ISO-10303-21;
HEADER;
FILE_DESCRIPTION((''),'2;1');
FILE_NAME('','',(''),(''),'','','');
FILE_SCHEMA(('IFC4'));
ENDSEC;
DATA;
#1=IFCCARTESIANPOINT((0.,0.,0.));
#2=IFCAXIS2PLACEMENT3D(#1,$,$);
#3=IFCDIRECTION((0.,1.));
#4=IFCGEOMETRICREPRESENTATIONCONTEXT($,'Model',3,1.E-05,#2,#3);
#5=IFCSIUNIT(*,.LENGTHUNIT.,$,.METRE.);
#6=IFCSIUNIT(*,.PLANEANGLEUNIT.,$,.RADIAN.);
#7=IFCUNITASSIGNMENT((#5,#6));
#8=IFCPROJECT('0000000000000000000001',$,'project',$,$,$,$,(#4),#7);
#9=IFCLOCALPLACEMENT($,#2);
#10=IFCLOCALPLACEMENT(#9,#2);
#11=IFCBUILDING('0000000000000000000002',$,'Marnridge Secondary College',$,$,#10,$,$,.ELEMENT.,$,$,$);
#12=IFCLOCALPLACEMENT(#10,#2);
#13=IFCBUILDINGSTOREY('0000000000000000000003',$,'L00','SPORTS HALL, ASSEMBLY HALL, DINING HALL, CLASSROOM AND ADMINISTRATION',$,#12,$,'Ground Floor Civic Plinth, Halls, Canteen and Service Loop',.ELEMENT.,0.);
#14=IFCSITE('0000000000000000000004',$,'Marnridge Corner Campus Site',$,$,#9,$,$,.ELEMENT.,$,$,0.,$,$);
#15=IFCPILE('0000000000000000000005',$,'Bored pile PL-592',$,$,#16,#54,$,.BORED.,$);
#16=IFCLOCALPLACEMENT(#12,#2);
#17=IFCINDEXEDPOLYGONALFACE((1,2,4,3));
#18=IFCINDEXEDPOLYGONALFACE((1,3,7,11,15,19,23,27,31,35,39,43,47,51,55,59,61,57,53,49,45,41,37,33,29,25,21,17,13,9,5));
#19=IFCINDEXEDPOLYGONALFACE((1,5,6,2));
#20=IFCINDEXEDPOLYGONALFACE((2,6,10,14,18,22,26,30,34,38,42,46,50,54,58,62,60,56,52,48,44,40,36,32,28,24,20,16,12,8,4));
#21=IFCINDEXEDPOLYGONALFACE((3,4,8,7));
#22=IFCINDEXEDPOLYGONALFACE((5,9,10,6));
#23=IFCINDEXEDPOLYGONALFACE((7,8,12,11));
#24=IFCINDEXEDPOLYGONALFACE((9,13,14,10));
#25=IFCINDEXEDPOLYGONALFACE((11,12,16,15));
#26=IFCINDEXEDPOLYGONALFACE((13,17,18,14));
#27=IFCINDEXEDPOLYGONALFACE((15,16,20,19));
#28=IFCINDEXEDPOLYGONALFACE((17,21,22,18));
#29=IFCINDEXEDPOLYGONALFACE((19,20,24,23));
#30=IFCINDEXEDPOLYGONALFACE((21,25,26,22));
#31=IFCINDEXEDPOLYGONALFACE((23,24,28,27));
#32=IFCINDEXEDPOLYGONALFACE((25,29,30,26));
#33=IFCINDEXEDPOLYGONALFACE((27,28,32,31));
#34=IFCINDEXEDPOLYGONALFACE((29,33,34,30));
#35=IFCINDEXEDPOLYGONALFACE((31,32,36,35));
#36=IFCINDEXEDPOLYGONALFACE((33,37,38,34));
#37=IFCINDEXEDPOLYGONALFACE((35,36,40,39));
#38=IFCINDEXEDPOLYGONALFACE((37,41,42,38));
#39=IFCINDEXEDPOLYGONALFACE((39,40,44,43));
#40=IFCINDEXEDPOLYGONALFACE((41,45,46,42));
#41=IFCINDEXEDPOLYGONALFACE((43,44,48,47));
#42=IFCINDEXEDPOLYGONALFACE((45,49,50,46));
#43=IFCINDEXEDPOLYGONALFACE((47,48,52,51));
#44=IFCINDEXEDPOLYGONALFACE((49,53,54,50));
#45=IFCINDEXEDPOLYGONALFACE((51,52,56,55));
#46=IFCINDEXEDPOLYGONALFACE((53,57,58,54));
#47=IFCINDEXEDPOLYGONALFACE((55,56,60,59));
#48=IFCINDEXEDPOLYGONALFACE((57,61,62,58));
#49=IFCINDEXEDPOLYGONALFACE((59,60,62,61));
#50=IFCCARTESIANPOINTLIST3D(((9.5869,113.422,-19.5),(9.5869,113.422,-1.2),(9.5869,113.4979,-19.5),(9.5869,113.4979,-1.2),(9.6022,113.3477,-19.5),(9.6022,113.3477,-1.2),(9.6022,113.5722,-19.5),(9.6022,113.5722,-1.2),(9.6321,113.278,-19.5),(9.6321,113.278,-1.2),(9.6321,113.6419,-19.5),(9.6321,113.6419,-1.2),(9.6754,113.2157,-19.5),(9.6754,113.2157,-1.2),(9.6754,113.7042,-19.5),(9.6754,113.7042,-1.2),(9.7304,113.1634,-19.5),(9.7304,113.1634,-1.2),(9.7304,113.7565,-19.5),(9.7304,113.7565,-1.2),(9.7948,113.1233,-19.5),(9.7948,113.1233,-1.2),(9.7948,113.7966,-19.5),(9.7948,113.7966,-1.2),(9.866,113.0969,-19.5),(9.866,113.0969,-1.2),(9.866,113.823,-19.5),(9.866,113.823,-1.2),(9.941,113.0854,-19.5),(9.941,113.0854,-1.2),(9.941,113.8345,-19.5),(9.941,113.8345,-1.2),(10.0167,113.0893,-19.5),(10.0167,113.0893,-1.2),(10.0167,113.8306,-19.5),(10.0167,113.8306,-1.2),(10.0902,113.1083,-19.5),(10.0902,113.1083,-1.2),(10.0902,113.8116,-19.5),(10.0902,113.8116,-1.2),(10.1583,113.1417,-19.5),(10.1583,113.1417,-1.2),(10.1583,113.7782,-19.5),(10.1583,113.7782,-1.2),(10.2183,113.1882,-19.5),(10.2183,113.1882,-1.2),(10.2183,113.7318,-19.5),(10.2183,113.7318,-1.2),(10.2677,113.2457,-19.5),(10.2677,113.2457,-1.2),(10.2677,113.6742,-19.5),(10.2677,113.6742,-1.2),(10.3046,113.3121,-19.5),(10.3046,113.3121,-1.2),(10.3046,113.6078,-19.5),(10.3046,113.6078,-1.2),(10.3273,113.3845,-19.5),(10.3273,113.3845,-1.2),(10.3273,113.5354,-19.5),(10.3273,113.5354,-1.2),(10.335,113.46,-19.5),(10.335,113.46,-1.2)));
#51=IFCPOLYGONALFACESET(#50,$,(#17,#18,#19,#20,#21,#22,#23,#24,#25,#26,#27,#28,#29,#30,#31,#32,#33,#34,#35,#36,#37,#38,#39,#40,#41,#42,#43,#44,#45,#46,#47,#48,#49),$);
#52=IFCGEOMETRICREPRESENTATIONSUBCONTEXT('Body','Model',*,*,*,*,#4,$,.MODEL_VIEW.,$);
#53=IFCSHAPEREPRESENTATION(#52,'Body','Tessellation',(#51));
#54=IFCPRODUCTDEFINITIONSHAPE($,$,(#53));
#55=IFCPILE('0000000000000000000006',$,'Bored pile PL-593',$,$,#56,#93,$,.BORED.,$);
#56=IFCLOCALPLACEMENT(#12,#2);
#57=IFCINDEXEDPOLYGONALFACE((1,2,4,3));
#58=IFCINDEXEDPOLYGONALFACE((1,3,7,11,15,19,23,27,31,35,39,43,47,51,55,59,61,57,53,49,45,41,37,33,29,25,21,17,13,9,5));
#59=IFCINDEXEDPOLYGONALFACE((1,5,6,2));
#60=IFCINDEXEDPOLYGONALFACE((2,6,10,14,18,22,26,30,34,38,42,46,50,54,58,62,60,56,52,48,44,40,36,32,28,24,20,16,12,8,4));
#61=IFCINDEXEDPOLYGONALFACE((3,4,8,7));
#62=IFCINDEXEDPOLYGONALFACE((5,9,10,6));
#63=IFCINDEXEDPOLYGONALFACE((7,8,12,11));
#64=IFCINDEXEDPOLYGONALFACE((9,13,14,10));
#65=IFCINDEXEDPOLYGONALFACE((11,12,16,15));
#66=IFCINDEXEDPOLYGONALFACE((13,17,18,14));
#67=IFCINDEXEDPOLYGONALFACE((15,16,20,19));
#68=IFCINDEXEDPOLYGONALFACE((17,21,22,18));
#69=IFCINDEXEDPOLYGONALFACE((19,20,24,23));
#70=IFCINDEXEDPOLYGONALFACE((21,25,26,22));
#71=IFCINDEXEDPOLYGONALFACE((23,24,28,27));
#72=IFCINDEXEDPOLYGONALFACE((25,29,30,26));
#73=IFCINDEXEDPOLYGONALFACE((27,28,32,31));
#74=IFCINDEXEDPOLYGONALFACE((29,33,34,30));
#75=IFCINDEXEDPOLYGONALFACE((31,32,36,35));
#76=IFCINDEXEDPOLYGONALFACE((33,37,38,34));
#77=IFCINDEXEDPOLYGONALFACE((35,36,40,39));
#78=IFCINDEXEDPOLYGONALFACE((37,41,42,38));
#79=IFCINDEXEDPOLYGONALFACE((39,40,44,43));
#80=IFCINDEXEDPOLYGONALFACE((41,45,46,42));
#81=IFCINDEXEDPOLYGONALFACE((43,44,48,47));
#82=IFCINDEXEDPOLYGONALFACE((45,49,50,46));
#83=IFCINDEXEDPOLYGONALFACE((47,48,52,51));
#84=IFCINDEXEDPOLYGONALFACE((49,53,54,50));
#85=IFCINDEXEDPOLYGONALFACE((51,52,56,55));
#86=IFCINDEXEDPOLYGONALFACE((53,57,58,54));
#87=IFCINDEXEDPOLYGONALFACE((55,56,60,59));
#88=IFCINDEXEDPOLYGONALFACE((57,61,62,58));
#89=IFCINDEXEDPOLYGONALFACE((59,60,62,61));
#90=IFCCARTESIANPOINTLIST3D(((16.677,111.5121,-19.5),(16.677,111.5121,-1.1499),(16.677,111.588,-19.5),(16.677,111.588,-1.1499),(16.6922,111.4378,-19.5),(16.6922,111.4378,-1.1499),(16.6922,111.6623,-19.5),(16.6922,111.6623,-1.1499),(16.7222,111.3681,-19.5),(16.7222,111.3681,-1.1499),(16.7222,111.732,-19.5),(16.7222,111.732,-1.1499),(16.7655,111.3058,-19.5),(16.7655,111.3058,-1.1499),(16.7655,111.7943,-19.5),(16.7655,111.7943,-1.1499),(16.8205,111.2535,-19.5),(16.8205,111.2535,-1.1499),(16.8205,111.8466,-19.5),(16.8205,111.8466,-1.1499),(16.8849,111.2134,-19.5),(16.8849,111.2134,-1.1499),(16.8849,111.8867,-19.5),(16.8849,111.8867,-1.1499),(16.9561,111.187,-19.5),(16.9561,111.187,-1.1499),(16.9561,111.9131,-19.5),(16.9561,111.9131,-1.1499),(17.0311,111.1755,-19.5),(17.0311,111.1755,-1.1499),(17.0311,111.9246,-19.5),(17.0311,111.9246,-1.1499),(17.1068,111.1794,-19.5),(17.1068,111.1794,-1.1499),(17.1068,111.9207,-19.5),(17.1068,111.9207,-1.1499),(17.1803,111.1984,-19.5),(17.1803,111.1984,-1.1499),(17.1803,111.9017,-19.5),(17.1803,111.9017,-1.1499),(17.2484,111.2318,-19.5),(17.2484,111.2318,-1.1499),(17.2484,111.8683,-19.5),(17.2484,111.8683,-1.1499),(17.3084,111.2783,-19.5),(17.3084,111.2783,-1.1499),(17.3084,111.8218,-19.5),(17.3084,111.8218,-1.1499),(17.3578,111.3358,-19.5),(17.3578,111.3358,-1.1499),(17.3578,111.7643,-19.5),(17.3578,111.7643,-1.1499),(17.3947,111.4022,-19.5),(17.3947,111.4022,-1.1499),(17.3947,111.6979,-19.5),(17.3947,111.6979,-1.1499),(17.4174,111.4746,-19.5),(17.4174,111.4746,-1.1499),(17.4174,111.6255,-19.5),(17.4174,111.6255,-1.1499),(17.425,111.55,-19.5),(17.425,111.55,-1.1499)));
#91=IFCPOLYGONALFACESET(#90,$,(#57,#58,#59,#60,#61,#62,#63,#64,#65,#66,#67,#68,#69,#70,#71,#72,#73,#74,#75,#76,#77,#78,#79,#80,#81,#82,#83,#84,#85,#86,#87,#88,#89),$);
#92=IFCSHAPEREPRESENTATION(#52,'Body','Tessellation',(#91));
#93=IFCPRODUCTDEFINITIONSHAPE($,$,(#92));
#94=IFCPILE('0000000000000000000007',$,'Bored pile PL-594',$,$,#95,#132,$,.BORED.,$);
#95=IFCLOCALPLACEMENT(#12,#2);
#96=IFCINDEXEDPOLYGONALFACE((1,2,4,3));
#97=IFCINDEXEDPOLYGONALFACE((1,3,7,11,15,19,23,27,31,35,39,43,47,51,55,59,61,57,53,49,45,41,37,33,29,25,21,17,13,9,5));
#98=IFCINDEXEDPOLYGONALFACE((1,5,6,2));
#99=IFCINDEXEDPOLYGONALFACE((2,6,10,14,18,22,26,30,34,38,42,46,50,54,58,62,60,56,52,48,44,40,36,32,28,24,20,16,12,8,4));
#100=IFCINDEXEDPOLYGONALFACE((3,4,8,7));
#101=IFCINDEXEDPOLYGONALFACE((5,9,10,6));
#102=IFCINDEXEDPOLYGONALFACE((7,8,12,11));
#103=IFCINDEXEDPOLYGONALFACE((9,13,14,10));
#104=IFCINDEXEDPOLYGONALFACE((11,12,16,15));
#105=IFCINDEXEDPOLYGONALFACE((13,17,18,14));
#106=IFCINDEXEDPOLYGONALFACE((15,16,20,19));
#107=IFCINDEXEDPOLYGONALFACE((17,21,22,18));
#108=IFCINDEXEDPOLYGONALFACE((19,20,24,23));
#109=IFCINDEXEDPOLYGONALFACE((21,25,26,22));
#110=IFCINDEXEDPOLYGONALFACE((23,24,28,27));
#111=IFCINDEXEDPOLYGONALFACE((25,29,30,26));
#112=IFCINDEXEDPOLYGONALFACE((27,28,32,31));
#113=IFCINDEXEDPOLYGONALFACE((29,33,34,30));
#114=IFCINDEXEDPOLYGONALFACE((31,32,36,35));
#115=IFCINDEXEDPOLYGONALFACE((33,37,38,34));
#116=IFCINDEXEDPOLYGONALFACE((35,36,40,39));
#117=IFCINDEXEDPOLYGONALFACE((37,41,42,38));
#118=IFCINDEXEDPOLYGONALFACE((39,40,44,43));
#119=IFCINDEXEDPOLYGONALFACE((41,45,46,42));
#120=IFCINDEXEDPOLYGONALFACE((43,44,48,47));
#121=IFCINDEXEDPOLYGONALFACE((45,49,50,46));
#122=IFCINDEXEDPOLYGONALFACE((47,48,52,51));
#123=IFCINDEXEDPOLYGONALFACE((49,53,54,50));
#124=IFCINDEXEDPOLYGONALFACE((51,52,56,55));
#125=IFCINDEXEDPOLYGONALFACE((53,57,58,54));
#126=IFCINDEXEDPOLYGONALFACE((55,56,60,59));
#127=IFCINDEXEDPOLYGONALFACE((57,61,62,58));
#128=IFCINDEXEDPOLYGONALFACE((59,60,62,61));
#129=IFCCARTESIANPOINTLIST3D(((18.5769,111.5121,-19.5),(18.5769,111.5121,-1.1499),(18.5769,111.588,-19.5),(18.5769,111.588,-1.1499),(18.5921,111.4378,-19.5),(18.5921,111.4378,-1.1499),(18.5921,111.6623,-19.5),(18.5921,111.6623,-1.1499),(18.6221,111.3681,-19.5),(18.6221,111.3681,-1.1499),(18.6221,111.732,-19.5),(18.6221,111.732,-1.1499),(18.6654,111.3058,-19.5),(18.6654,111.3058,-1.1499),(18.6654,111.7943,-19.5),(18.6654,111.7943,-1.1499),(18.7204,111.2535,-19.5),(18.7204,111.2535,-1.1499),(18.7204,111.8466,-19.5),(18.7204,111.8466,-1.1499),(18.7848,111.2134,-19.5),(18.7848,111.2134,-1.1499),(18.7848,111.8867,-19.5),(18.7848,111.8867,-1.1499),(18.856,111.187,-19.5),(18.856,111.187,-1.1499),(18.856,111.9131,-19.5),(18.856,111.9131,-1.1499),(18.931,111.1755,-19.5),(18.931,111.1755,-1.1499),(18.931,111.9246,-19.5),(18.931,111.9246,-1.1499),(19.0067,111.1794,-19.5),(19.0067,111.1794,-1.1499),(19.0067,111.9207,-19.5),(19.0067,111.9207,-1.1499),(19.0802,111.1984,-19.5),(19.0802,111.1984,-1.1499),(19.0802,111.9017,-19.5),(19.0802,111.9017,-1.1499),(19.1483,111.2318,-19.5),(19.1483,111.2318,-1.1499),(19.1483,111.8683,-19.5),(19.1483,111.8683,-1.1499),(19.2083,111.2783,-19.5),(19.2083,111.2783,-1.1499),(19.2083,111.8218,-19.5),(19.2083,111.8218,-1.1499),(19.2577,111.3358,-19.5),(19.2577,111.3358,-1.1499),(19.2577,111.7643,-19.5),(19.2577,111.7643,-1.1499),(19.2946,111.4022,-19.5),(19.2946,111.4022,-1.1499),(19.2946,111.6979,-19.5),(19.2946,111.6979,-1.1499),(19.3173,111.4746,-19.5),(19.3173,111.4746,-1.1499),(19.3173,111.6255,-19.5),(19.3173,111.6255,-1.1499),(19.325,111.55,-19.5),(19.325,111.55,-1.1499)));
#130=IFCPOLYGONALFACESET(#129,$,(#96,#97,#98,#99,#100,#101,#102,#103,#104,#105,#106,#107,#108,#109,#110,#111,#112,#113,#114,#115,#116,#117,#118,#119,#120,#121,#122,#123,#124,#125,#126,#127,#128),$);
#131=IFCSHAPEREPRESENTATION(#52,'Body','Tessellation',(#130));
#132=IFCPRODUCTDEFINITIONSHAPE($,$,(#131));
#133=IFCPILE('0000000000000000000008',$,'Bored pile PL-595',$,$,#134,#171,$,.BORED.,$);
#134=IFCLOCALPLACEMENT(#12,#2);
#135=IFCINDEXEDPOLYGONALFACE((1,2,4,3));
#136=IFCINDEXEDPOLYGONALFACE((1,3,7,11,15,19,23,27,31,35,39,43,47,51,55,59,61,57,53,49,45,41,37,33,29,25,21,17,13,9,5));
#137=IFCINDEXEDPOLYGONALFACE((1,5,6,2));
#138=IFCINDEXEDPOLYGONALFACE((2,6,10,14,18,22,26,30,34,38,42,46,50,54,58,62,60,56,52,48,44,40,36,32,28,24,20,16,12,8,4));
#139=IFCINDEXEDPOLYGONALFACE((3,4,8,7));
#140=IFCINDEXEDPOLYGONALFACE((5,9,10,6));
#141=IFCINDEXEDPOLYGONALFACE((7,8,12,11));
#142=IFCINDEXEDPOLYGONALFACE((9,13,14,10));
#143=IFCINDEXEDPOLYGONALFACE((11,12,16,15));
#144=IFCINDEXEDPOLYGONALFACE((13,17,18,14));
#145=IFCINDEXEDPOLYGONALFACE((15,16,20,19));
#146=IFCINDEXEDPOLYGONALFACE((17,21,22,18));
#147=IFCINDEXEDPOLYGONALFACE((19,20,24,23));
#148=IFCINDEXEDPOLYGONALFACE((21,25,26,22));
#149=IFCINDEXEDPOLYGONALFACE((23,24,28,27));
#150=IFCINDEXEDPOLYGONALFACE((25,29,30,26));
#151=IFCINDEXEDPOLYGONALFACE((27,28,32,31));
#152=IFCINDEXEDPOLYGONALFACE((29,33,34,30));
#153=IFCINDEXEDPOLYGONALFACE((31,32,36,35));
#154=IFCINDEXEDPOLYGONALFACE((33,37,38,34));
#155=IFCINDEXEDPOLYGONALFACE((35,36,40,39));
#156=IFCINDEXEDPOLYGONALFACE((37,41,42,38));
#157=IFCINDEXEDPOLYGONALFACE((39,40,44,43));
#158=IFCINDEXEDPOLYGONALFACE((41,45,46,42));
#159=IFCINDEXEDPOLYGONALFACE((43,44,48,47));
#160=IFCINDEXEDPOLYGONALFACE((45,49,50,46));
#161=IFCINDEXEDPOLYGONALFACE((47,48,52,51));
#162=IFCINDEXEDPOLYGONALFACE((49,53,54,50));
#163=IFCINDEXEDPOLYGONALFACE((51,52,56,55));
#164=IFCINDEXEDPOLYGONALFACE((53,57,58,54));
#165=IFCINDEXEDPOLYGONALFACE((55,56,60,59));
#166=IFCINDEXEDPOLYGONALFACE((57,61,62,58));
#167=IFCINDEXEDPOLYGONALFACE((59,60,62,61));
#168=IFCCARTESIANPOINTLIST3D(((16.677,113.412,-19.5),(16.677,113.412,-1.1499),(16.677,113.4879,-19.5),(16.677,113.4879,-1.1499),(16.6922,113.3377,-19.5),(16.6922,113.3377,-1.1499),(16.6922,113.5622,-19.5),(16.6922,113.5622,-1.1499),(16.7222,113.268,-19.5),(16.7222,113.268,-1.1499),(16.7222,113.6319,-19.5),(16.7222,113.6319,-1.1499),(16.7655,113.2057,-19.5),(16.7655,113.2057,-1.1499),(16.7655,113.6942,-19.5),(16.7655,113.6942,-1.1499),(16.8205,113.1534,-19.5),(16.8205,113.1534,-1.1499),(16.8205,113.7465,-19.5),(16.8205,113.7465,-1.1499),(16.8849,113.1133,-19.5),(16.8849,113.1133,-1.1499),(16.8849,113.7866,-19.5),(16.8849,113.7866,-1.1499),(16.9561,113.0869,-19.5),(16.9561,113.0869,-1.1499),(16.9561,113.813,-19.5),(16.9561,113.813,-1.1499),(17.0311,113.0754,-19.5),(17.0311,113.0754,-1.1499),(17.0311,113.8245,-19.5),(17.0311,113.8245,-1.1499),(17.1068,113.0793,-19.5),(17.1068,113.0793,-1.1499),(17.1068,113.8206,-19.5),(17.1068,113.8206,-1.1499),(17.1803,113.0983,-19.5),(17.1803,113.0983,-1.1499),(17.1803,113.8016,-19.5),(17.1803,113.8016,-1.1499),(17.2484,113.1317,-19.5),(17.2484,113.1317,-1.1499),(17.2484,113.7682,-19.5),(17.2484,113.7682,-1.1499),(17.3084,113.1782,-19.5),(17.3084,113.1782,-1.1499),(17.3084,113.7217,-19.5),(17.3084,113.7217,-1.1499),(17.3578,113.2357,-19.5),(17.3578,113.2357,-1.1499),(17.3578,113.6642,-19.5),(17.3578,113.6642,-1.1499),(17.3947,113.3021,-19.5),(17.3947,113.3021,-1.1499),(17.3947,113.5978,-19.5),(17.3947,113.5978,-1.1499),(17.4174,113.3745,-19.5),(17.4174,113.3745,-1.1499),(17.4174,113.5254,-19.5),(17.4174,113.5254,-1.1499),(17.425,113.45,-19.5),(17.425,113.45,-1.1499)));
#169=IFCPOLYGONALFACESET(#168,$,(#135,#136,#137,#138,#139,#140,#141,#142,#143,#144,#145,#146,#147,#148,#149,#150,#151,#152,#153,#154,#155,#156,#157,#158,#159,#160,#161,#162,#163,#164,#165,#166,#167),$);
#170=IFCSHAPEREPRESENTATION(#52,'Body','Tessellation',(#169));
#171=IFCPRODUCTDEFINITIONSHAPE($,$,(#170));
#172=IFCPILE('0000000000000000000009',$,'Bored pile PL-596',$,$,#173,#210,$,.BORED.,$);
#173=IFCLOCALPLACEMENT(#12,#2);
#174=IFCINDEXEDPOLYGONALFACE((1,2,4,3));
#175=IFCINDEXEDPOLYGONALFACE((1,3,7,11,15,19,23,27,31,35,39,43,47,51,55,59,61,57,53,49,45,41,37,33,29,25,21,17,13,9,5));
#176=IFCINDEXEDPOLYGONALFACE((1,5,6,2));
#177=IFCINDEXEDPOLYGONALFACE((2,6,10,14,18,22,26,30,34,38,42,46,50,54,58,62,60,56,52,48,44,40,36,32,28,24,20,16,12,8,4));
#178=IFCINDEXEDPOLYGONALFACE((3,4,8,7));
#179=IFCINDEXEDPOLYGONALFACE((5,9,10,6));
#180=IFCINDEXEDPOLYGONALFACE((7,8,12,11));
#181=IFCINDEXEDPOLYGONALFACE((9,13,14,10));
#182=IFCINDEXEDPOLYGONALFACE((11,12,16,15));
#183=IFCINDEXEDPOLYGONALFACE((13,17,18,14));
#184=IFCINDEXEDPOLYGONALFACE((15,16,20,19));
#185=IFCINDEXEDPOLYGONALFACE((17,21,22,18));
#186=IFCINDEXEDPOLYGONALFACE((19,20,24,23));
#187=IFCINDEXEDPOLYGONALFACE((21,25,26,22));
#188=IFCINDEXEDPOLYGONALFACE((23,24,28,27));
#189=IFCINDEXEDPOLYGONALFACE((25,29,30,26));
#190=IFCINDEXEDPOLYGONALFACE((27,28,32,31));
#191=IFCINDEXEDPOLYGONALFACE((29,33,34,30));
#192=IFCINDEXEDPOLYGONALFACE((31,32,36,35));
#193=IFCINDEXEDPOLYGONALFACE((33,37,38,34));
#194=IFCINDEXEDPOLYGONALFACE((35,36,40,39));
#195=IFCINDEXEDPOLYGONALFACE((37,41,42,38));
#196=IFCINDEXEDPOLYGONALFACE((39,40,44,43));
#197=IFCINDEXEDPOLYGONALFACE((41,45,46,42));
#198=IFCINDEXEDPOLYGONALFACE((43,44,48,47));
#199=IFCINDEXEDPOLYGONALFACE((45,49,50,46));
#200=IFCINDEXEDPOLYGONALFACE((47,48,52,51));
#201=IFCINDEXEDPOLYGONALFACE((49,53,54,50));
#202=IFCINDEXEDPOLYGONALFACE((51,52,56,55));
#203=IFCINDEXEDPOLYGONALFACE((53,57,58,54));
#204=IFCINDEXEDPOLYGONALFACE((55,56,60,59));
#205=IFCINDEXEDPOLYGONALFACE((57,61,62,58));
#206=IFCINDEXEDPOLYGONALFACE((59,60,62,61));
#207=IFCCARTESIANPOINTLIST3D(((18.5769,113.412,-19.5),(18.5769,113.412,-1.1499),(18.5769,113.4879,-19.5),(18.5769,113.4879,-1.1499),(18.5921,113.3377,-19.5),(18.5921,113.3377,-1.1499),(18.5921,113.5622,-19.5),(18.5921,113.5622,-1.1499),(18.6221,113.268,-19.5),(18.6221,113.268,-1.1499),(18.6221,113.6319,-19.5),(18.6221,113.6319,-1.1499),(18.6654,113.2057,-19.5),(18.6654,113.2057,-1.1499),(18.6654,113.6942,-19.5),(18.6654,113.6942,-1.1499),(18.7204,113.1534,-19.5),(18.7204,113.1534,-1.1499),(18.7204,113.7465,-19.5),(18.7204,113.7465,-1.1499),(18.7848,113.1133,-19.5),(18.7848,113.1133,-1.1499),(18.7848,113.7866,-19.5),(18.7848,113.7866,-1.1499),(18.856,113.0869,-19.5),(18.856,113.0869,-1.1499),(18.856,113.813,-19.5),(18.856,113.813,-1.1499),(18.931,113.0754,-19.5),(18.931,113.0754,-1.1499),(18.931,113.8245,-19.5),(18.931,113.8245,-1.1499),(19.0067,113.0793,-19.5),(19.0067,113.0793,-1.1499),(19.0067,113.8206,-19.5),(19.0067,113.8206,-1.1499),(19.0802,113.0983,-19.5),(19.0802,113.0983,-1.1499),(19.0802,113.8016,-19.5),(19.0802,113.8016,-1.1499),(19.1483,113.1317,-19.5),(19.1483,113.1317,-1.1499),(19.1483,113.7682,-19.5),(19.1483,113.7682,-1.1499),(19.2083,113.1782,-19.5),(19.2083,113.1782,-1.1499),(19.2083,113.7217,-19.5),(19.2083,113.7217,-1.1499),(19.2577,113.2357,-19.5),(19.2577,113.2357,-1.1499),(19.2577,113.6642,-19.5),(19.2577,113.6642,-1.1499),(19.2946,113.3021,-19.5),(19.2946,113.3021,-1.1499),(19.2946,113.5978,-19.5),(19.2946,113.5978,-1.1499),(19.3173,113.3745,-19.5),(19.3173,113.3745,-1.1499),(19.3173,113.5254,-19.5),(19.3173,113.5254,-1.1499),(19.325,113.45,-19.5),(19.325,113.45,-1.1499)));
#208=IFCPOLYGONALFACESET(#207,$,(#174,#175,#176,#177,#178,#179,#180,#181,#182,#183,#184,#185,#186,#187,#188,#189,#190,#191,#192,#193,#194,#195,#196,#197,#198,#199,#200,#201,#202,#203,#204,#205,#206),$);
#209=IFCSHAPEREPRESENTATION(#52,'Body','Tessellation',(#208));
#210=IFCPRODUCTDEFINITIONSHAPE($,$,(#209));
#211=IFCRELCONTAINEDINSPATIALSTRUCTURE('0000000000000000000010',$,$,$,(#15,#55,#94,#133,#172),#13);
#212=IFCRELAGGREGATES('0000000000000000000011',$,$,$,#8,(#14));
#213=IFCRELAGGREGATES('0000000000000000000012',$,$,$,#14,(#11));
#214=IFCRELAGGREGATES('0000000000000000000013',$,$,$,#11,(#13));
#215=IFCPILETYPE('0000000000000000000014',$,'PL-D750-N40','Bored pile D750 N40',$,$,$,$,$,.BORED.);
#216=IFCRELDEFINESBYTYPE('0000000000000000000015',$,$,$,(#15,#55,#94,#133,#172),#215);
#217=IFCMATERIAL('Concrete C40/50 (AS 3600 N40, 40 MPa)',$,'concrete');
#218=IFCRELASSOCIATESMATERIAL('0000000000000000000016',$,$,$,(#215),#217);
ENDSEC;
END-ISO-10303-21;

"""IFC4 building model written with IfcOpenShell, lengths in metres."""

from ifc_helpers import new_model, si_unit, direction, frame, origin, origin_2d, place, context, subcontext, project, spatial, circle, extrude, material, material_profile, profile_set, type_object, element, save


model = new_model("IFC4")

# Units and contexts
model_context = context("Model", 3, precision=1e-05, world=origin(), true_north=direction((0.0, 1.0)))
body_context = subcontext(model_context, "Body", "Model", "MODEL_VIEW")
ifc_project = project(units=[si_unit("LENGTHUNIT", "METRE"), si_unit("PLANEANGLEUNIT", "RADIAN")], contexts=[model_context])

# Site, building, storey
site_placement = place(None, origin())
site = spatial("IfcSite", under=ifc_project, at=site_placement, Name="Marnridge Corner Campus Site", CompositionType="ELEMENT", RefElevation=0.0)
building_placement = place(site_placement, origin())
building = spatial("IfcBuilding", under=site, at=building_placement, Name="Marnridge Secondary College", CompositionType="ELEMENT")
storey_placement = place(building_placement, origin())
storey = spatial("IfcBuildingStorey", under=building, at=storey_placement, Name="L00", Description="SPORTS HALL, ASSEMBLY HALL, DINING HALL, CLASSROOM AND ADMINISTRATION", LongName="Ground Floor Civic Plinth, Halls, Canteen and Service Loop", CompositionType="ELEMENT", Elevation=0.0)

# Piles
ifc_material_1 = material(Name="Concrete C40/50 (AS 3600 N40, 40 MPa)", Category="concrete")
ifc_material_profile_1 = material_profile(ifc_material_1, circle(Radius=0.375, at=origin_2d()), Name="PILE D750")
ifc_profile_set_1 = profile_set([ifc_material_profile_1], Name="Concrete C40/50 (AS 3600 N40, 40 MPa)")
pile_type = type_object("IfcPileType", Name="PL-D750-N40", Description="Bored pile D750 N40", PredefinedType="BORED", material=ifc_profile_set_1)
for number, where, z_axis, x_axis, name in (
    (1, (9.96, 113.46, -1.2), (0.0, 0.0, -1.0), (1.0, 0.0, 0.0), "Bored pile PL-592"),
):
    element("IfcPile", number, at=place(storey_placement, frame(where, z_axis=z_axis, x_axis=x_axis)), inside=storey, type_object=pile_type, Name=name, PredefinedType="BORED", context=body_context, shape_type="SweptSolid", body=[
        extrude(circle(Radius=0.375, at=origin_2d()), origin(), (0.0, 0.0, 1.0), 18.3),
    ])
for number, where, z_axis, x_axis, name in (
    (2, (17.05, 111.55, -1.1499), (0.0, 0.0, -1.0), (1.0, 0.0, 0.0), "Bored pile PL-593"),
    (3, (18.95, 111.55, -1.1499), (0.0, 0.0, -1.0), (1.0, 0.0, 0.0), "Bored pile PL-594"),
    (4, (17.05, 113.45, -1.1499), (0.0, 0.0, -1.0), (1.0, 0.0, 0.0), "Bored pile PL-595"),
    (5, (18.95, 113.45, -1.1499), (0.0, 0.0, -1.0), (1.0, 0.0, 0.0), "Bored pile PL-596"),
):
    element("IfcPile", number, at=place(storey_placement, frame(where, z_axis=z_axis, x_axis=x_axis)), inside=storey, type_object=pile_type, Name=name, PredefinedType="BORED", context=body_context, shape_type="SweptSolid", body=[
        extrude(circle(Radius=0.375, at=origin_2d()), origin(), (0.0, 0.0, 1.0), 18.3501),
    ])

save(model, "model.ifc")
